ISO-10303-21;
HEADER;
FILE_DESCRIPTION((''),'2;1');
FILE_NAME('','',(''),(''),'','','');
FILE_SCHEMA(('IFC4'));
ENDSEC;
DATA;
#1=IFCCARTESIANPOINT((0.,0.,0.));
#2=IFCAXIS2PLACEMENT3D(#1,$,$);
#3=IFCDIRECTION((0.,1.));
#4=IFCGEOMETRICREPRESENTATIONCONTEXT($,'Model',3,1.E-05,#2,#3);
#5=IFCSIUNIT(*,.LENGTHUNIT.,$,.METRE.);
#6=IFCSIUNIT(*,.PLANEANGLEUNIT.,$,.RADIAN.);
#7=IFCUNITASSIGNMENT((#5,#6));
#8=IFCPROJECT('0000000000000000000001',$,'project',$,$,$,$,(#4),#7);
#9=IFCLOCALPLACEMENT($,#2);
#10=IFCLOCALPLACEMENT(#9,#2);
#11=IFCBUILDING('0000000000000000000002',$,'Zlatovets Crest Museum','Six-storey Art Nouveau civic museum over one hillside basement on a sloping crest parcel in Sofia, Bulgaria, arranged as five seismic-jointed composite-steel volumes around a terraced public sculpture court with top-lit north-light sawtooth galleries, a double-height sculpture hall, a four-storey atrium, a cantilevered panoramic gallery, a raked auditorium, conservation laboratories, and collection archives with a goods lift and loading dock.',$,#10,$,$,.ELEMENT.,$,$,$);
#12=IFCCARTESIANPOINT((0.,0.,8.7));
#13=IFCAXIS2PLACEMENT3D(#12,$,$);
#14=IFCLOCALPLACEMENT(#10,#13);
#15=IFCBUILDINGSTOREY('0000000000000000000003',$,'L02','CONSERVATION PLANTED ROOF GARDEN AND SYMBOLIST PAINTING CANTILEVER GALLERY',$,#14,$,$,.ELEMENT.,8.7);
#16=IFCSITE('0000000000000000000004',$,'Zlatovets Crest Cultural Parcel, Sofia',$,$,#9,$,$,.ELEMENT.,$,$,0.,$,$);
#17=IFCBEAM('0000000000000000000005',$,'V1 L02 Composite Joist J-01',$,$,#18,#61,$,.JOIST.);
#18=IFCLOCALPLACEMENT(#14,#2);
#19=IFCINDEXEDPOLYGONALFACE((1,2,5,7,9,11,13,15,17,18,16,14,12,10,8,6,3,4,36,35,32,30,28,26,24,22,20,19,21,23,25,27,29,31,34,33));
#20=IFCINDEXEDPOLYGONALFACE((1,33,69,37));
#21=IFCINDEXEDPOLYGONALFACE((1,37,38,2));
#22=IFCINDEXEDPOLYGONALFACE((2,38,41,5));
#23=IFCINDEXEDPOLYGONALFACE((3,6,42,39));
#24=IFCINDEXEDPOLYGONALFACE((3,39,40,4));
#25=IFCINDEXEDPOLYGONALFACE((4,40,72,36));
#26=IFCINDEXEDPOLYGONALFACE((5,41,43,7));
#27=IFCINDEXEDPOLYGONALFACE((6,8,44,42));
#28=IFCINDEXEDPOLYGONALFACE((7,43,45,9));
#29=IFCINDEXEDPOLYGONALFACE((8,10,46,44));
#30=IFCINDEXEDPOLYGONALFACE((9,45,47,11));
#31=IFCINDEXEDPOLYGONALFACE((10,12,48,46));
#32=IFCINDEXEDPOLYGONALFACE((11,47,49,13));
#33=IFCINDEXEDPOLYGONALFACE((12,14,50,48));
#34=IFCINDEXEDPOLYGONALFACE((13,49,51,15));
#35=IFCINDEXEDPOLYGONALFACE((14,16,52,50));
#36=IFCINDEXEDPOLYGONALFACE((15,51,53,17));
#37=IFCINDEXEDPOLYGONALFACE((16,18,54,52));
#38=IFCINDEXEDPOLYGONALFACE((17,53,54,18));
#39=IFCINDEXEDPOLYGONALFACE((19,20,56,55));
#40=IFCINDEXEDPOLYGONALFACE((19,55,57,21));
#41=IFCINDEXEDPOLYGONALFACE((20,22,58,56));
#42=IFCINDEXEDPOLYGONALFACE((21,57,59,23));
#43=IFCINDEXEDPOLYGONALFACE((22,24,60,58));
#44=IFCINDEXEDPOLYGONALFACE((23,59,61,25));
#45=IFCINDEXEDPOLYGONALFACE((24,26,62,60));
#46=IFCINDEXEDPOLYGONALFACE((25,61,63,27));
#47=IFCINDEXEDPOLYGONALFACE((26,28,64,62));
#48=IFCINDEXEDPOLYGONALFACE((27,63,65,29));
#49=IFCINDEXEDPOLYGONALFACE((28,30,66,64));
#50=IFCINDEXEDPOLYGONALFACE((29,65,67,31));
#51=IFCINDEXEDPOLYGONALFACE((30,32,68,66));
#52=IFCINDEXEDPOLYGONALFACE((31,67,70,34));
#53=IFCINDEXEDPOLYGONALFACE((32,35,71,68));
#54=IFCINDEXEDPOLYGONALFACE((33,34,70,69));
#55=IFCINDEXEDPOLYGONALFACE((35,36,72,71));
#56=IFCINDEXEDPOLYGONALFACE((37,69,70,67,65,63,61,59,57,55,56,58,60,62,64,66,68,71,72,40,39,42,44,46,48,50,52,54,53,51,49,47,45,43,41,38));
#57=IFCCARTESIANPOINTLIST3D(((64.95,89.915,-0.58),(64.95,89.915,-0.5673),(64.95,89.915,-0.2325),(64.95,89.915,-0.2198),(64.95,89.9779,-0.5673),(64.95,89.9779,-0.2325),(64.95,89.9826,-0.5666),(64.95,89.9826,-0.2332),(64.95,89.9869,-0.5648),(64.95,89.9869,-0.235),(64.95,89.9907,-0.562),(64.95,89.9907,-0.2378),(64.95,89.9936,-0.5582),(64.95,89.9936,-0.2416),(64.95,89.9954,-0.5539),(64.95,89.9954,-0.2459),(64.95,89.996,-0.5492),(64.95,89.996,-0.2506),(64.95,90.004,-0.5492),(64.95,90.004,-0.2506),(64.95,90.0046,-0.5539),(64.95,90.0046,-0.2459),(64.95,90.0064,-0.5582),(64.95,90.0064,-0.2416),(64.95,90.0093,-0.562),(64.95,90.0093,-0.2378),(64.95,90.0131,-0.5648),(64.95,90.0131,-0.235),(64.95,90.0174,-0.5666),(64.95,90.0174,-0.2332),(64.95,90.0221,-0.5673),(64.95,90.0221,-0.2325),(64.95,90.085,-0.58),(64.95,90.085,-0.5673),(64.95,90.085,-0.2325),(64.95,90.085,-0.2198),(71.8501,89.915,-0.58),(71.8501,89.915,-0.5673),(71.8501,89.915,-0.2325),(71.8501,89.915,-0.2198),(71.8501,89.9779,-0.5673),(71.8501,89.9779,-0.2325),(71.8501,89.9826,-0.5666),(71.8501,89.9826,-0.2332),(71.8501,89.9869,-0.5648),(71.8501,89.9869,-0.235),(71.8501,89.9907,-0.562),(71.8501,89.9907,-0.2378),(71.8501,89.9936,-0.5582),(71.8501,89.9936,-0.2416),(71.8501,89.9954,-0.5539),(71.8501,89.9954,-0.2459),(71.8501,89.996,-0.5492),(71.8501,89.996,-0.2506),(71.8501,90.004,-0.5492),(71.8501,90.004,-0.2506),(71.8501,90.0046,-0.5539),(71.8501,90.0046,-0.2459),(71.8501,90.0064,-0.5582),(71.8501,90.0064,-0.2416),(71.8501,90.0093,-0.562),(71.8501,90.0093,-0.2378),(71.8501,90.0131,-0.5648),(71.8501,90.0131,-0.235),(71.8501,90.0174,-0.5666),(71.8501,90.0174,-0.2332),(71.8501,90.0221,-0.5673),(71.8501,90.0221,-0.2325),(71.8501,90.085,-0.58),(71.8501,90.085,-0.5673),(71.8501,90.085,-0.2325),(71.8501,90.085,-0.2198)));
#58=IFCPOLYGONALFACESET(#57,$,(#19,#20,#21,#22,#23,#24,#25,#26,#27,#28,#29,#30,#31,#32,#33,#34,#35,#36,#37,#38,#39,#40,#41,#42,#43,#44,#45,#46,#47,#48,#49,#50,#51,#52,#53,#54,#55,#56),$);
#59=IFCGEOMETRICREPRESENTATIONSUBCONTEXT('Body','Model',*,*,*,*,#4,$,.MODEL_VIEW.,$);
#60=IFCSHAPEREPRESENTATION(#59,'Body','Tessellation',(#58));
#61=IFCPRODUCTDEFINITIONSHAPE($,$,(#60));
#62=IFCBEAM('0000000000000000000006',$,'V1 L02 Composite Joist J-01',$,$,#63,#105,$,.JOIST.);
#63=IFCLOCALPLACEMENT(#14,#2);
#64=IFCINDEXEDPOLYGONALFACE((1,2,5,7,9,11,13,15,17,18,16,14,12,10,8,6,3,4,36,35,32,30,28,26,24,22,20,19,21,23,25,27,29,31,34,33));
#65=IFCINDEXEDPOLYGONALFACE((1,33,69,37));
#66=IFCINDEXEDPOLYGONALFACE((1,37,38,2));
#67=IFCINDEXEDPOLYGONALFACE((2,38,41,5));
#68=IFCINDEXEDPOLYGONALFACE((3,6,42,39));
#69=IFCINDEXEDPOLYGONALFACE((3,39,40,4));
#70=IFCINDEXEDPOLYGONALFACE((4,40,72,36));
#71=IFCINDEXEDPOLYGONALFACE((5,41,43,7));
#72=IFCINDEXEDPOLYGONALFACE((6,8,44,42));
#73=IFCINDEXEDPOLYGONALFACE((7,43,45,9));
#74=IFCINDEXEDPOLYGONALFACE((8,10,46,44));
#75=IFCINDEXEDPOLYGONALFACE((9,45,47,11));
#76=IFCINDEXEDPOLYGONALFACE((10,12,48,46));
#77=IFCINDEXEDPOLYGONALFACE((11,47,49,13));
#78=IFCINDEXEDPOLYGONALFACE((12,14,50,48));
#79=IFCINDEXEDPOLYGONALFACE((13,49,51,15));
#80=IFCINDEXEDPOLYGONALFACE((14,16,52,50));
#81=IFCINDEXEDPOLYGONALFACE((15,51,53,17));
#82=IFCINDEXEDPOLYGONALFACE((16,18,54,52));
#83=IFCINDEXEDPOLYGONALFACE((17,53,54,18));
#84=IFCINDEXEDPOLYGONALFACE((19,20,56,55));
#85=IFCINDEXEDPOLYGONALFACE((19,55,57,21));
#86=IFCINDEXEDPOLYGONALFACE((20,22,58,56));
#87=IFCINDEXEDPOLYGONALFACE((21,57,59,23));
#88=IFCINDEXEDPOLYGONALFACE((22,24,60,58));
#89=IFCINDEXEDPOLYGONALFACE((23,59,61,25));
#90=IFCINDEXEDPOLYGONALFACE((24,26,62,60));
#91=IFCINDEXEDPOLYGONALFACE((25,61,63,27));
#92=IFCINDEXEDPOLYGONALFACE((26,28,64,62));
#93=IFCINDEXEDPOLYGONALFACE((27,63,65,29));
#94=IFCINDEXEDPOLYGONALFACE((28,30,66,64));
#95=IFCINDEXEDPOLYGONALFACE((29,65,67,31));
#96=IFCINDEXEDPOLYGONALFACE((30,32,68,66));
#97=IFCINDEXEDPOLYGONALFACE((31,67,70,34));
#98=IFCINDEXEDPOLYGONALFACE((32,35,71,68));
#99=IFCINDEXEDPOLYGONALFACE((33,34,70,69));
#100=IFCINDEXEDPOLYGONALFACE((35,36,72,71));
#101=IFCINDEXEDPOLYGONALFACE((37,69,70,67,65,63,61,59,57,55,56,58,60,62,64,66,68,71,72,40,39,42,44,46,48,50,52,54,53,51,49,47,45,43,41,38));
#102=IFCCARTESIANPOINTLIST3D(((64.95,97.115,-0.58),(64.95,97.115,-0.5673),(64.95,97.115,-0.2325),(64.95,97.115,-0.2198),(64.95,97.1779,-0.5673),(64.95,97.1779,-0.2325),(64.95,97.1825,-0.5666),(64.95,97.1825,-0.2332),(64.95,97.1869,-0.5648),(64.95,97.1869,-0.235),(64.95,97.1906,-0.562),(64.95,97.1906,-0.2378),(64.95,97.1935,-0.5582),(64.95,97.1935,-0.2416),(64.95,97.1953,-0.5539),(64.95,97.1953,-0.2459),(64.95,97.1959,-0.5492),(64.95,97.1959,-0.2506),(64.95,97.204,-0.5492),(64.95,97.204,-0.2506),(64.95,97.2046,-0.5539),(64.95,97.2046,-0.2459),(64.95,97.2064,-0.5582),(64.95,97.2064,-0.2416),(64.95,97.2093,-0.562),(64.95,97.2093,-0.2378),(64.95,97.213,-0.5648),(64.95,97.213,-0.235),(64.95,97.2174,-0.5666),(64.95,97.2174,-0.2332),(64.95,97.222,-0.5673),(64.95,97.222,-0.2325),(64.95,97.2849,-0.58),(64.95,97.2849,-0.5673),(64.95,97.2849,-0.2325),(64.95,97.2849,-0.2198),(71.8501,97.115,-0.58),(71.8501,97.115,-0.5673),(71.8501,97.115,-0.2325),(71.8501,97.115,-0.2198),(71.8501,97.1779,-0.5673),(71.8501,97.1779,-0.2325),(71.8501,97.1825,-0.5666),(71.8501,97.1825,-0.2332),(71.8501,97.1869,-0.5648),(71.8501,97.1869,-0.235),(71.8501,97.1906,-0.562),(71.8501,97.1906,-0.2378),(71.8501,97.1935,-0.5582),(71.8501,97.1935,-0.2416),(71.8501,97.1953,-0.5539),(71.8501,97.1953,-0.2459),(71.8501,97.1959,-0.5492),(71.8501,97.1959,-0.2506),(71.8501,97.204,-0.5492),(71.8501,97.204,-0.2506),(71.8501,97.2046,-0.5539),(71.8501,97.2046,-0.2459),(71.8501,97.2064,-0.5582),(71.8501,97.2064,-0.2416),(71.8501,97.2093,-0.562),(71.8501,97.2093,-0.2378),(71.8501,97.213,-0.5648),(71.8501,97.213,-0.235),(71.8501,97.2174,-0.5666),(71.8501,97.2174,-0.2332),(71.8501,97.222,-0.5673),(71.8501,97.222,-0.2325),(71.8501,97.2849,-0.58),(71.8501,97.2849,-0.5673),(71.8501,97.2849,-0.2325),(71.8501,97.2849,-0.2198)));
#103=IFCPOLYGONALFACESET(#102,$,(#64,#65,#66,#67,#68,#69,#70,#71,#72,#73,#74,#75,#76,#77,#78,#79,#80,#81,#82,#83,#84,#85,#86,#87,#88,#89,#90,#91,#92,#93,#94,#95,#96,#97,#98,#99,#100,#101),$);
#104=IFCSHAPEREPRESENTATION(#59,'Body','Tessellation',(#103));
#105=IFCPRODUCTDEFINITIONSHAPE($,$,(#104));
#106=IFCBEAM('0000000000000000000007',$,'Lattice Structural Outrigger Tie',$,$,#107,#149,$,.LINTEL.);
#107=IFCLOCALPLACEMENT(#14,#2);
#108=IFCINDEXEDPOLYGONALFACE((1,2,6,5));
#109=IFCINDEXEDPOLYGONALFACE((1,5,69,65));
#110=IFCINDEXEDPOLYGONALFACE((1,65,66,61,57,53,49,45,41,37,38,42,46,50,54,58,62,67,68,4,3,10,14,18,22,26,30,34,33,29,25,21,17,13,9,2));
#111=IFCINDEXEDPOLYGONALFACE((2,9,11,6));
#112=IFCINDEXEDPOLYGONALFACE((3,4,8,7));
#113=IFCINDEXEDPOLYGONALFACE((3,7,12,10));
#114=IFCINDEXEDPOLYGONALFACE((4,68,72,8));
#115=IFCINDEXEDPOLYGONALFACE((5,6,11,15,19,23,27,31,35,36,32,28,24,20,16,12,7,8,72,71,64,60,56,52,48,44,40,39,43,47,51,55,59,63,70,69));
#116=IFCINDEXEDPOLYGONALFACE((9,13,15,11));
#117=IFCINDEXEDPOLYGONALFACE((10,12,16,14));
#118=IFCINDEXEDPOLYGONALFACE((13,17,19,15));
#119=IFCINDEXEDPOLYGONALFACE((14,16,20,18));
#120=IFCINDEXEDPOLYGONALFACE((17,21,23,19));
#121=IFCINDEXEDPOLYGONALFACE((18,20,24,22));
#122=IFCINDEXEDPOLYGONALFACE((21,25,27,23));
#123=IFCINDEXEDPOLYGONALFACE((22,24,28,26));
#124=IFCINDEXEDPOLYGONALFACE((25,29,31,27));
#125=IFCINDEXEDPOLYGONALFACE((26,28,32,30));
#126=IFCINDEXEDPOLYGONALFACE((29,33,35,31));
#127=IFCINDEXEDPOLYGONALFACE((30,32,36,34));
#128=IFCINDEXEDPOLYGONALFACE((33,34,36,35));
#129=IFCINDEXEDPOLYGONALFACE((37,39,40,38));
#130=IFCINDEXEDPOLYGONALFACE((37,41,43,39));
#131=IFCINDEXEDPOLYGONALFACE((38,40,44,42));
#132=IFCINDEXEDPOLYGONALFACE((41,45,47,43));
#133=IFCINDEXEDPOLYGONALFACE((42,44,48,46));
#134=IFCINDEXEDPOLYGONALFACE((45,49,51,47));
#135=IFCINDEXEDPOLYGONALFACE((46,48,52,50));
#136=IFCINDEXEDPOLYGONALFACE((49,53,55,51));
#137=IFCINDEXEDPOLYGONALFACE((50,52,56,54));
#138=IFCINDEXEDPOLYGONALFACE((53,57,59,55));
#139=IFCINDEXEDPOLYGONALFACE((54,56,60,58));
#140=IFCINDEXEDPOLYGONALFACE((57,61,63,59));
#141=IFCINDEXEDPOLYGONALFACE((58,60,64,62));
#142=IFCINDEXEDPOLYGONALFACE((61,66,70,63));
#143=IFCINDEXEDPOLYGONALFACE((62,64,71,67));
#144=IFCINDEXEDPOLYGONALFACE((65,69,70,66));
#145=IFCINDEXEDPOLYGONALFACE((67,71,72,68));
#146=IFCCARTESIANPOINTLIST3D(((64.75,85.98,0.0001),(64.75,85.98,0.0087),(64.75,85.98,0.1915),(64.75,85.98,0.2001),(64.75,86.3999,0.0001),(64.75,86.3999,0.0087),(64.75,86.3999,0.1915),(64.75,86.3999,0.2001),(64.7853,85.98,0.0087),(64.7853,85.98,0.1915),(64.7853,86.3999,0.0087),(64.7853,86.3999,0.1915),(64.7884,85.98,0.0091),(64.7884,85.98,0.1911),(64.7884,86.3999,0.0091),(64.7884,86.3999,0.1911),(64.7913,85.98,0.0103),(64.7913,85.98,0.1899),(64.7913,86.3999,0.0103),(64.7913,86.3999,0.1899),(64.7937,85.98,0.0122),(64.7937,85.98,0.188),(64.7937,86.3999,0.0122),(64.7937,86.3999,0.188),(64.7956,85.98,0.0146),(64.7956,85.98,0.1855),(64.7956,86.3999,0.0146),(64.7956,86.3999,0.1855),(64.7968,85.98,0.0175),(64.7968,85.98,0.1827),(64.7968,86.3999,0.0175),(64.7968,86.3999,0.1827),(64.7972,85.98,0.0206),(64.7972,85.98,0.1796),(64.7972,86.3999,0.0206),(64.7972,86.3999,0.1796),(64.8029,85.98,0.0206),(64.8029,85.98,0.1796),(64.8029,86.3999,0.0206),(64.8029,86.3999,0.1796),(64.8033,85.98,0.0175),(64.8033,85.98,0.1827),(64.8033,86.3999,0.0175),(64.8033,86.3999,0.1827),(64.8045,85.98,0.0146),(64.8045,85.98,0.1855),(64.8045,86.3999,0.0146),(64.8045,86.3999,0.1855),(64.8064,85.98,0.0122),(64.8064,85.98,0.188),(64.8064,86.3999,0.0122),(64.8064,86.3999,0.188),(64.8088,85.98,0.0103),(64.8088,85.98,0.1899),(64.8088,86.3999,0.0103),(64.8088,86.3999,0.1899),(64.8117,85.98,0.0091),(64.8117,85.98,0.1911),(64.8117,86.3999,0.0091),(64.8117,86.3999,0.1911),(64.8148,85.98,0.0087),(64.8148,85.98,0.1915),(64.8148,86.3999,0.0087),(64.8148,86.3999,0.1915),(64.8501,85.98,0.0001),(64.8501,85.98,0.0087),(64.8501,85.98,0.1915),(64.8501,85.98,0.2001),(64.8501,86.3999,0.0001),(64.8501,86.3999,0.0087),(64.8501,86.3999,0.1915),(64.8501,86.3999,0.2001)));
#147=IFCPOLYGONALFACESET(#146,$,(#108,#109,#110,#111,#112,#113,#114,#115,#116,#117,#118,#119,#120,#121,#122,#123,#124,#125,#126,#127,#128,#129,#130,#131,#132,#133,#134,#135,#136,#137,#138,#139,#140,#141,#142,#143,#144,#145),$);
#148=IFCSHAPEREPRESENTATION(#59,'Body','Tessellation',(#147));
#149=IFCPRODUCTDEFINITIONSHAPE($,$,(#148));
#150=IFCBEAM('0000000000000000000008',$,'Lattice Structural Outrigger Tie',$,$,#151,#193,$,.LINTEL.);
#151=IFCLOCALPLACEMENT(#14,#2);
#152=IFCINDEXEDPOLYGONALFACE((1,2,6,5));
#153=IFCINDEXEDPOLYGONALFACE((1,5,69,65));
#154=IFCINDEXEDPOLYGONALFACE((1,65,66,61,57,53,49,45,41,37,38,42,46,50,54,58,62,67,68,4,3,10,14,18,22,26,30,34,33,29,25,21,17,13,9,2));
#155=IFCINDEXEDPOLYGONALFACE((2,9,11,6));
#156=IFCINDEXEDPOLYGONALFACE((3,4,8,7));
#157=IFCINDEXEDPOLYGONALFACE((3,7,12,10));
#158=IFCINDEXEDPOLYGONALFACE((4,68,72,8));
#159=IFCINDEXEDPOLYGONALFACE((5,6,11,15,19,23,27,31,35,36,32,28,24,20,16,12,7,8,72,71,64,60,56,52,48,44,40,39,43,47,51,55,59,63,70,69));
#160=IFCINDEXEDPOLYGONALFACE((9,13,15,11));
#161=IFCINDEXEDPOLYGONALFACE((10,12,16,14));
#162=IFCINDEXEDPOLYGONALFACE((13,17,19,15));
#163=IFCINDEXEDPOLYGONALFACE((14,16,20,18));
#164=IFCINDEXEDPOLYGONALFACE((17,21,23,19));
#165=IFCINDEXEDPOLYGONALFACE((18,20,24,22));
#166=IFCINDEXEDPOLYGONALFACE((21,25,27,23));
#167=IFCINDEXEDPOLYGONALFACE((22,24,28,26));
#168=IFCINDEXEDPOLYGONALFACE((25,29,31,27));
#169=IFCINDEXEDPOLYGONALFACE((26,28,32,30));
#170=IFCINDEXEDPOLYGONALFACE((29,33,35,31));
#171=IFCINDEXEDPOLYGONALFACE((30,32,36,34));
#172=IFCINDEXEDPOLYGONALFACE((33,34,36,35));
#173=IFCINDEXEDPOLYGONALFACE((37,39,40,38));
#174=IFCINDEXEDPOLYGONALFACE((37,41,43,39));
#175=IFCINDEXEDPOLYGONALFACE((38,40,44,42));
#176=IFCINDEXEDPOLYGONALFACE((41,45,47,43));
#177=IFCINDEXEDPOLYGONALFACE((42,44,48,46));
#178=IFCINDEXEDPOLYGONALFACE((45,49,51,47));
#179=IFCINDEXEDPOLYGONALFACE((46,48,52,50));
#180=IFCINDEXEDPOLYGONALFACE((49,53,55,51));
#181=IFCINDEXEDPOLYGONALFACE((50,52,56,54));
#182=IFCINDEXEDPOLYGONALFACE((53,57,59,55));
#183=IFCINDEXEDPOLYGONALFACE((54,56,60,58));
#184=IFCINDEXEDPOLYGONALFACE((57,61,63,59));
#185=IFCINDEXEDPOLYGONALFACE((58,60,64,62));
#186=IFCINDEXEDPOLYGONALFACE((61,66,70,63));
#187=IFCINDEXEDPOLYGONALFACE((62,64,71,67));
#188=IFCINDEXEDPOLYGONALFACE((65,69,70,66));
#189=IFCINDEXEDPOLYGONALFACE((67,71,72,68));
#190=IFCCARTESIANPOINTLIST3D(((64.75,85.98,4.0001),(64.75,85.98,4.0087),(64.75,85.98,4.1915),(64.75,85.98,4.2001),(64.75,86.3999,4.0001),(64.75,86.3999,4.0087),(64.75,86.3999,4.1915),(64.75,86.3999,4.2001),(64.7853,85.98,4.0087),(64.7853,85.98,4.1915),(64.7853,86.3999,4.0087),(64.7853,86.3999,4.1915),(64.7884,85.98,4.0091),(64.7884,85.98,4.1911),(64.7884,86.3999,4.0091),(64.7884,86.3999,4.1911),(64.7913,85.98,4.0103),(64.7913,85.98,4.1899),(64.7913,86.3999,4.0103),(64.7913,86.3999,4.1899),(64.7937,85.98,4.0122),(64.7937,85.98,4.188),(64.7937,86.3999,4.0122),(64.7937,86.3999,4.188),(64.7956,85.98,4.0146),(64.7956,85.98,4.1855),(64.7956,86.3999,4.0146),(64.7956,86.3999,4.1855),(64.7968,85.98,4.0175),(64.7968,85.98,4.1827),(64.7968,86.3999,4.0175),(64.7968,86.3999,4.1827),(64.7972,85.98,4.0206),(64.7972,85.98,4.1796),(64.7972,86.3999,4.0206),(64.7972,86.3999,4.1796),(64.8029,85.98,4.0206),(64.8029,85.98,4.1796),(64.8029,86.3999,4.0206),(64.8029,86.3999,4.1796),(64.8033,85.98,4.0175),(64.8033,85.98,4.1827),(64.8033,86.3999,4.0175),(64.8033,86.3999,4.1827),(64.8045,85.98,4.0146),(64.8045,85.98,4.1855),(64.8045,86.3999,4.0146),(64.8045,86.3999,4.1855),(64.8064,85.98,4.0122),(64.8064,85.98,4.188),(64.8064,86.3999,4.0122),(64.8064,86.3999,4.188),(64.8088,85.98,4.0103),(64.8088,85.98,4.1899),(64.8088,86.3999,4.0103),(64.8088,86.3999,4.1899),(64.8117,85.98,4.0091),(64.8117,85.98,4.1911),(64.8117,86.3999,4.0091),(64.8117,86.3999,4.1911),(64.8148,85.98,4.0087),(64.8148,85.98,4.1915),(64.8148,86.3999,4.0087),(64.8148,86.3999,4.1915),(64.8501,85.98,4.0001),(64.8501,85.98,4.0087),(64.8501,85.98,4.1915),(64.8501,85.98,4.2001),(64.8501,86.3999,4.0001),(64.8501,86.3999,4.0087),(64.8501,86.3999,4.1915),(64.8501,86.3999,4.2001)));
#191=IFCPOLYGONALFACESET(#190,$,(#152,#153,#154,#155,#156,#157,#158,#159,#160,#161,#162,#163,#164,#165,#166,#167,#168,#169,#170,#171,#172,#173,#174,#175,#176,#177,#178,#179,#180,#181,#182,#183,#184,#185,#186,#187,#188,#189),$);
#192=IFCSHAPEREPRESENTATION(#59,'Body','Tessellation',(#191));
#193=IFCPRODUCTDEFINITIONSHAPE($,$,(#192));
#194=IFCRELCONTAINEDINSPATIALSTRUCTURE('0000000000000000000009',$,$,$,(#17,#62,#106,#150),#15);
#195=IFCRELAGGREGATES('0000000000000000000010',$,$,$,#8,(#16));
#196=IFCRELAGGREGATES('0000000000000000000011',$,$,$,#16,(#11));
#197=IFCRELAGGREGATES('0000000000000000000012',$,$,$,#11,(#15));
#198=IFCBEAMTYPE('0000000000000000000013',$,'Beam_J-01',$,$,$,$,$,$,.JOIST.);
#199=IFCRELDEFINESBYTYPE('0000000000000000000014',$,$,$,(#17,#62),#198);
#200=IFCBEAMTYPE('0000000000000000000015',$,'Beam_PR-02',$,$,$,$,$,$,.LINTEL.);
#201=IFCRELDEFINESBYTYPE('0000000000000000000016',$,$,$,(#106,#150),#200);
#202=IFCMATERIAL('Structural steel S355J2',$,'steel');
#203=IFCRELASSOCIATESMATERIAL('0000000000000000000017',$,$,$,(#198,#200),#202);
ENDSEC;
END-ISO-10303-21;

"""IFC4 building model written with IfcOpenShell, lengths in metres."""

from ifc_helpers import new_model, si_unit, direction, frame, origin, origin_2d, place, context, subcontext, project, spatial, i_section, extrude, material, material_profile, profile_set, type_object, element, save


model = new_model("IFC4")

# Units and contexts
model_context = context("Model", 3, precision=1e-05, world=origin(), true_north=direction((0.0, 1.0)))
body_context = subcontext(model_context, "Body", "Model", "MODEL_VIEW")
ifc_project = project(units=[si_unit("LENGTHUNIT", "METRE"), si_unit("PLANEANGLEUNIT", "RADIAN")], contexts=[model_context])

# Site, building, storey
site_placement = place(None, origin())
site = spatial("IfcSite", under=ifc_project, at=site_placement, Name="Zlatovets Crest Cultural Parcel, Sofia", CompositionType="ELEMENT", RefElevation=0.0)
building_placement = place(site_placement, origin())
building = spatial("IfcBuilding", under=site, at=building_placement, Name="Zlatovets Crest Museum", Description="Six-storey Art Nouveau civic museum over one hillside basement on a sloping crest parcel in Sofia, Bulgaria, arranged as five seismic-jointed composite-steel volumes around a terraced public sculpture court with top-lit north-light sawtooth galleries, a double-height sculpture hall, a four-storey atrium, a cantilevered panoramic gallery, a raked auditorium, conservation laboratories, and collection archives with a goods lift and loading dock.", CompositionType="ELEMENT")
storey_placement = place(building_placement, frame((0.0, 0.0, 8.7)))
storey = spatial("IfcBuildingStorey", under=building, at=storey_placement, Name="L02", Description="CONSERVATION PLANTED ROOF GARDEN AND SYMBOLIST PAINTING CANTILEVER GALLERY", CompositionType="ELEMENT", Elevation=8.7)

# Shared definitions
ifc_material_1 = material(Name="Structural steel S355J2", Category="steel")

# Beams
ifc_material_profile_1 = material_profile(ifc_material_1, i_section(OverallWidth=0.1699, OverallDepth=0.3601, WebThickness=0.0081, FlangeThickness=0.0127, FilletRadius=0.0181, at=origin_2d()), Name="IPE 360")
ifc_profile_set_1 = profile_set([ifc_material_profile_1], Name="Structural steel S355J2")
beam_type_1 = type_object("IfcBeamType", Name="Beam_J-01", PredefinedType="JOIST", material=ifc_profile_set_1)
for number, where, z_axis, x_axis, name in (
    (1, (64.95, 90.0, -0.3999), (1.0, 0.0, 0.0), (0.0, 1.0, 0.0), "V1 L02 Composite Joist J-01"),
    (2, (64.95, 97.2, -0.3999), (1.0, 0.0, 0.0), (0.0, 1.0, 0.0), "V1 L02 Composite Joist J-01"),
):
    element("IfcBeam", number, at=place(storey_placement, frame(where, z_axis=z_axis, x_axis=x_axis)), inside=storey, type_object=beam_type_1, Name=name, PredefinedType="JOIST", context=body_context, shape_type="SweptSolid", body=[
        extrude(i_section(OverallWidth=0.1699, OverallDepth=0.3601, WebThickness=0.0081, FlangeThickness=0.0127, FilletRadius=0.0181, at=origin_2d()), origin(), (0.0, 0.0, 1.0), 6.9001),
    ])
ifc_material_profile_2 = material_profile(ifc_material_1, i_section(OverallWidth=0.1001, OverallDepth=0.2, WebThickness=0.0056, FlangeThickness=0.0085, FilletRadius=0.012, at=origin_2d()), Name="IPE 200")
ifc_profile_set_2 = profile_set([ifc_material_profile_2], Name="Structural steel S355J2")
beam_type_2 = type_object("IfcBeamType", Name="Beam_PR-02", PredefinedType="LINTEL", material=ifc_profile_set_2)
for number, where, z_axis, x_axis, name in (
    (3, (64.8, 86.3999, 0.1001), (0.0, -1.0, 0.0), (1.0, 0.0, 0.0), "Lattice Structural Outrigger Tie"),
    (4, (64.8, 86.3999, 4.1001), (0.0, -1.0, 0.0), (1.0, 0.0, 0.0), "Lattice Structural Outrigger Tie"),
):
    element("IfcBeam", number, at=place(storey_placement, frame(where, z_axis=z_axis, x_axis=x_axis)), inside=storey, type_object=beam_type_2, Name=name, PredefinedType="LINTEL", context=body_context, shape_type="SweptSolid", body=[
        extrude(i_section(OverallWidth=0.1001, OverallDepth=0.2, WebThickness=0.0056, FlangeThickness=0.0085, FilletRadius=0.012, at=origin_2d()), origin(), (0.0, 0.0, 1.0), 0.4199),
    ])

save(model, "model.ifc")
